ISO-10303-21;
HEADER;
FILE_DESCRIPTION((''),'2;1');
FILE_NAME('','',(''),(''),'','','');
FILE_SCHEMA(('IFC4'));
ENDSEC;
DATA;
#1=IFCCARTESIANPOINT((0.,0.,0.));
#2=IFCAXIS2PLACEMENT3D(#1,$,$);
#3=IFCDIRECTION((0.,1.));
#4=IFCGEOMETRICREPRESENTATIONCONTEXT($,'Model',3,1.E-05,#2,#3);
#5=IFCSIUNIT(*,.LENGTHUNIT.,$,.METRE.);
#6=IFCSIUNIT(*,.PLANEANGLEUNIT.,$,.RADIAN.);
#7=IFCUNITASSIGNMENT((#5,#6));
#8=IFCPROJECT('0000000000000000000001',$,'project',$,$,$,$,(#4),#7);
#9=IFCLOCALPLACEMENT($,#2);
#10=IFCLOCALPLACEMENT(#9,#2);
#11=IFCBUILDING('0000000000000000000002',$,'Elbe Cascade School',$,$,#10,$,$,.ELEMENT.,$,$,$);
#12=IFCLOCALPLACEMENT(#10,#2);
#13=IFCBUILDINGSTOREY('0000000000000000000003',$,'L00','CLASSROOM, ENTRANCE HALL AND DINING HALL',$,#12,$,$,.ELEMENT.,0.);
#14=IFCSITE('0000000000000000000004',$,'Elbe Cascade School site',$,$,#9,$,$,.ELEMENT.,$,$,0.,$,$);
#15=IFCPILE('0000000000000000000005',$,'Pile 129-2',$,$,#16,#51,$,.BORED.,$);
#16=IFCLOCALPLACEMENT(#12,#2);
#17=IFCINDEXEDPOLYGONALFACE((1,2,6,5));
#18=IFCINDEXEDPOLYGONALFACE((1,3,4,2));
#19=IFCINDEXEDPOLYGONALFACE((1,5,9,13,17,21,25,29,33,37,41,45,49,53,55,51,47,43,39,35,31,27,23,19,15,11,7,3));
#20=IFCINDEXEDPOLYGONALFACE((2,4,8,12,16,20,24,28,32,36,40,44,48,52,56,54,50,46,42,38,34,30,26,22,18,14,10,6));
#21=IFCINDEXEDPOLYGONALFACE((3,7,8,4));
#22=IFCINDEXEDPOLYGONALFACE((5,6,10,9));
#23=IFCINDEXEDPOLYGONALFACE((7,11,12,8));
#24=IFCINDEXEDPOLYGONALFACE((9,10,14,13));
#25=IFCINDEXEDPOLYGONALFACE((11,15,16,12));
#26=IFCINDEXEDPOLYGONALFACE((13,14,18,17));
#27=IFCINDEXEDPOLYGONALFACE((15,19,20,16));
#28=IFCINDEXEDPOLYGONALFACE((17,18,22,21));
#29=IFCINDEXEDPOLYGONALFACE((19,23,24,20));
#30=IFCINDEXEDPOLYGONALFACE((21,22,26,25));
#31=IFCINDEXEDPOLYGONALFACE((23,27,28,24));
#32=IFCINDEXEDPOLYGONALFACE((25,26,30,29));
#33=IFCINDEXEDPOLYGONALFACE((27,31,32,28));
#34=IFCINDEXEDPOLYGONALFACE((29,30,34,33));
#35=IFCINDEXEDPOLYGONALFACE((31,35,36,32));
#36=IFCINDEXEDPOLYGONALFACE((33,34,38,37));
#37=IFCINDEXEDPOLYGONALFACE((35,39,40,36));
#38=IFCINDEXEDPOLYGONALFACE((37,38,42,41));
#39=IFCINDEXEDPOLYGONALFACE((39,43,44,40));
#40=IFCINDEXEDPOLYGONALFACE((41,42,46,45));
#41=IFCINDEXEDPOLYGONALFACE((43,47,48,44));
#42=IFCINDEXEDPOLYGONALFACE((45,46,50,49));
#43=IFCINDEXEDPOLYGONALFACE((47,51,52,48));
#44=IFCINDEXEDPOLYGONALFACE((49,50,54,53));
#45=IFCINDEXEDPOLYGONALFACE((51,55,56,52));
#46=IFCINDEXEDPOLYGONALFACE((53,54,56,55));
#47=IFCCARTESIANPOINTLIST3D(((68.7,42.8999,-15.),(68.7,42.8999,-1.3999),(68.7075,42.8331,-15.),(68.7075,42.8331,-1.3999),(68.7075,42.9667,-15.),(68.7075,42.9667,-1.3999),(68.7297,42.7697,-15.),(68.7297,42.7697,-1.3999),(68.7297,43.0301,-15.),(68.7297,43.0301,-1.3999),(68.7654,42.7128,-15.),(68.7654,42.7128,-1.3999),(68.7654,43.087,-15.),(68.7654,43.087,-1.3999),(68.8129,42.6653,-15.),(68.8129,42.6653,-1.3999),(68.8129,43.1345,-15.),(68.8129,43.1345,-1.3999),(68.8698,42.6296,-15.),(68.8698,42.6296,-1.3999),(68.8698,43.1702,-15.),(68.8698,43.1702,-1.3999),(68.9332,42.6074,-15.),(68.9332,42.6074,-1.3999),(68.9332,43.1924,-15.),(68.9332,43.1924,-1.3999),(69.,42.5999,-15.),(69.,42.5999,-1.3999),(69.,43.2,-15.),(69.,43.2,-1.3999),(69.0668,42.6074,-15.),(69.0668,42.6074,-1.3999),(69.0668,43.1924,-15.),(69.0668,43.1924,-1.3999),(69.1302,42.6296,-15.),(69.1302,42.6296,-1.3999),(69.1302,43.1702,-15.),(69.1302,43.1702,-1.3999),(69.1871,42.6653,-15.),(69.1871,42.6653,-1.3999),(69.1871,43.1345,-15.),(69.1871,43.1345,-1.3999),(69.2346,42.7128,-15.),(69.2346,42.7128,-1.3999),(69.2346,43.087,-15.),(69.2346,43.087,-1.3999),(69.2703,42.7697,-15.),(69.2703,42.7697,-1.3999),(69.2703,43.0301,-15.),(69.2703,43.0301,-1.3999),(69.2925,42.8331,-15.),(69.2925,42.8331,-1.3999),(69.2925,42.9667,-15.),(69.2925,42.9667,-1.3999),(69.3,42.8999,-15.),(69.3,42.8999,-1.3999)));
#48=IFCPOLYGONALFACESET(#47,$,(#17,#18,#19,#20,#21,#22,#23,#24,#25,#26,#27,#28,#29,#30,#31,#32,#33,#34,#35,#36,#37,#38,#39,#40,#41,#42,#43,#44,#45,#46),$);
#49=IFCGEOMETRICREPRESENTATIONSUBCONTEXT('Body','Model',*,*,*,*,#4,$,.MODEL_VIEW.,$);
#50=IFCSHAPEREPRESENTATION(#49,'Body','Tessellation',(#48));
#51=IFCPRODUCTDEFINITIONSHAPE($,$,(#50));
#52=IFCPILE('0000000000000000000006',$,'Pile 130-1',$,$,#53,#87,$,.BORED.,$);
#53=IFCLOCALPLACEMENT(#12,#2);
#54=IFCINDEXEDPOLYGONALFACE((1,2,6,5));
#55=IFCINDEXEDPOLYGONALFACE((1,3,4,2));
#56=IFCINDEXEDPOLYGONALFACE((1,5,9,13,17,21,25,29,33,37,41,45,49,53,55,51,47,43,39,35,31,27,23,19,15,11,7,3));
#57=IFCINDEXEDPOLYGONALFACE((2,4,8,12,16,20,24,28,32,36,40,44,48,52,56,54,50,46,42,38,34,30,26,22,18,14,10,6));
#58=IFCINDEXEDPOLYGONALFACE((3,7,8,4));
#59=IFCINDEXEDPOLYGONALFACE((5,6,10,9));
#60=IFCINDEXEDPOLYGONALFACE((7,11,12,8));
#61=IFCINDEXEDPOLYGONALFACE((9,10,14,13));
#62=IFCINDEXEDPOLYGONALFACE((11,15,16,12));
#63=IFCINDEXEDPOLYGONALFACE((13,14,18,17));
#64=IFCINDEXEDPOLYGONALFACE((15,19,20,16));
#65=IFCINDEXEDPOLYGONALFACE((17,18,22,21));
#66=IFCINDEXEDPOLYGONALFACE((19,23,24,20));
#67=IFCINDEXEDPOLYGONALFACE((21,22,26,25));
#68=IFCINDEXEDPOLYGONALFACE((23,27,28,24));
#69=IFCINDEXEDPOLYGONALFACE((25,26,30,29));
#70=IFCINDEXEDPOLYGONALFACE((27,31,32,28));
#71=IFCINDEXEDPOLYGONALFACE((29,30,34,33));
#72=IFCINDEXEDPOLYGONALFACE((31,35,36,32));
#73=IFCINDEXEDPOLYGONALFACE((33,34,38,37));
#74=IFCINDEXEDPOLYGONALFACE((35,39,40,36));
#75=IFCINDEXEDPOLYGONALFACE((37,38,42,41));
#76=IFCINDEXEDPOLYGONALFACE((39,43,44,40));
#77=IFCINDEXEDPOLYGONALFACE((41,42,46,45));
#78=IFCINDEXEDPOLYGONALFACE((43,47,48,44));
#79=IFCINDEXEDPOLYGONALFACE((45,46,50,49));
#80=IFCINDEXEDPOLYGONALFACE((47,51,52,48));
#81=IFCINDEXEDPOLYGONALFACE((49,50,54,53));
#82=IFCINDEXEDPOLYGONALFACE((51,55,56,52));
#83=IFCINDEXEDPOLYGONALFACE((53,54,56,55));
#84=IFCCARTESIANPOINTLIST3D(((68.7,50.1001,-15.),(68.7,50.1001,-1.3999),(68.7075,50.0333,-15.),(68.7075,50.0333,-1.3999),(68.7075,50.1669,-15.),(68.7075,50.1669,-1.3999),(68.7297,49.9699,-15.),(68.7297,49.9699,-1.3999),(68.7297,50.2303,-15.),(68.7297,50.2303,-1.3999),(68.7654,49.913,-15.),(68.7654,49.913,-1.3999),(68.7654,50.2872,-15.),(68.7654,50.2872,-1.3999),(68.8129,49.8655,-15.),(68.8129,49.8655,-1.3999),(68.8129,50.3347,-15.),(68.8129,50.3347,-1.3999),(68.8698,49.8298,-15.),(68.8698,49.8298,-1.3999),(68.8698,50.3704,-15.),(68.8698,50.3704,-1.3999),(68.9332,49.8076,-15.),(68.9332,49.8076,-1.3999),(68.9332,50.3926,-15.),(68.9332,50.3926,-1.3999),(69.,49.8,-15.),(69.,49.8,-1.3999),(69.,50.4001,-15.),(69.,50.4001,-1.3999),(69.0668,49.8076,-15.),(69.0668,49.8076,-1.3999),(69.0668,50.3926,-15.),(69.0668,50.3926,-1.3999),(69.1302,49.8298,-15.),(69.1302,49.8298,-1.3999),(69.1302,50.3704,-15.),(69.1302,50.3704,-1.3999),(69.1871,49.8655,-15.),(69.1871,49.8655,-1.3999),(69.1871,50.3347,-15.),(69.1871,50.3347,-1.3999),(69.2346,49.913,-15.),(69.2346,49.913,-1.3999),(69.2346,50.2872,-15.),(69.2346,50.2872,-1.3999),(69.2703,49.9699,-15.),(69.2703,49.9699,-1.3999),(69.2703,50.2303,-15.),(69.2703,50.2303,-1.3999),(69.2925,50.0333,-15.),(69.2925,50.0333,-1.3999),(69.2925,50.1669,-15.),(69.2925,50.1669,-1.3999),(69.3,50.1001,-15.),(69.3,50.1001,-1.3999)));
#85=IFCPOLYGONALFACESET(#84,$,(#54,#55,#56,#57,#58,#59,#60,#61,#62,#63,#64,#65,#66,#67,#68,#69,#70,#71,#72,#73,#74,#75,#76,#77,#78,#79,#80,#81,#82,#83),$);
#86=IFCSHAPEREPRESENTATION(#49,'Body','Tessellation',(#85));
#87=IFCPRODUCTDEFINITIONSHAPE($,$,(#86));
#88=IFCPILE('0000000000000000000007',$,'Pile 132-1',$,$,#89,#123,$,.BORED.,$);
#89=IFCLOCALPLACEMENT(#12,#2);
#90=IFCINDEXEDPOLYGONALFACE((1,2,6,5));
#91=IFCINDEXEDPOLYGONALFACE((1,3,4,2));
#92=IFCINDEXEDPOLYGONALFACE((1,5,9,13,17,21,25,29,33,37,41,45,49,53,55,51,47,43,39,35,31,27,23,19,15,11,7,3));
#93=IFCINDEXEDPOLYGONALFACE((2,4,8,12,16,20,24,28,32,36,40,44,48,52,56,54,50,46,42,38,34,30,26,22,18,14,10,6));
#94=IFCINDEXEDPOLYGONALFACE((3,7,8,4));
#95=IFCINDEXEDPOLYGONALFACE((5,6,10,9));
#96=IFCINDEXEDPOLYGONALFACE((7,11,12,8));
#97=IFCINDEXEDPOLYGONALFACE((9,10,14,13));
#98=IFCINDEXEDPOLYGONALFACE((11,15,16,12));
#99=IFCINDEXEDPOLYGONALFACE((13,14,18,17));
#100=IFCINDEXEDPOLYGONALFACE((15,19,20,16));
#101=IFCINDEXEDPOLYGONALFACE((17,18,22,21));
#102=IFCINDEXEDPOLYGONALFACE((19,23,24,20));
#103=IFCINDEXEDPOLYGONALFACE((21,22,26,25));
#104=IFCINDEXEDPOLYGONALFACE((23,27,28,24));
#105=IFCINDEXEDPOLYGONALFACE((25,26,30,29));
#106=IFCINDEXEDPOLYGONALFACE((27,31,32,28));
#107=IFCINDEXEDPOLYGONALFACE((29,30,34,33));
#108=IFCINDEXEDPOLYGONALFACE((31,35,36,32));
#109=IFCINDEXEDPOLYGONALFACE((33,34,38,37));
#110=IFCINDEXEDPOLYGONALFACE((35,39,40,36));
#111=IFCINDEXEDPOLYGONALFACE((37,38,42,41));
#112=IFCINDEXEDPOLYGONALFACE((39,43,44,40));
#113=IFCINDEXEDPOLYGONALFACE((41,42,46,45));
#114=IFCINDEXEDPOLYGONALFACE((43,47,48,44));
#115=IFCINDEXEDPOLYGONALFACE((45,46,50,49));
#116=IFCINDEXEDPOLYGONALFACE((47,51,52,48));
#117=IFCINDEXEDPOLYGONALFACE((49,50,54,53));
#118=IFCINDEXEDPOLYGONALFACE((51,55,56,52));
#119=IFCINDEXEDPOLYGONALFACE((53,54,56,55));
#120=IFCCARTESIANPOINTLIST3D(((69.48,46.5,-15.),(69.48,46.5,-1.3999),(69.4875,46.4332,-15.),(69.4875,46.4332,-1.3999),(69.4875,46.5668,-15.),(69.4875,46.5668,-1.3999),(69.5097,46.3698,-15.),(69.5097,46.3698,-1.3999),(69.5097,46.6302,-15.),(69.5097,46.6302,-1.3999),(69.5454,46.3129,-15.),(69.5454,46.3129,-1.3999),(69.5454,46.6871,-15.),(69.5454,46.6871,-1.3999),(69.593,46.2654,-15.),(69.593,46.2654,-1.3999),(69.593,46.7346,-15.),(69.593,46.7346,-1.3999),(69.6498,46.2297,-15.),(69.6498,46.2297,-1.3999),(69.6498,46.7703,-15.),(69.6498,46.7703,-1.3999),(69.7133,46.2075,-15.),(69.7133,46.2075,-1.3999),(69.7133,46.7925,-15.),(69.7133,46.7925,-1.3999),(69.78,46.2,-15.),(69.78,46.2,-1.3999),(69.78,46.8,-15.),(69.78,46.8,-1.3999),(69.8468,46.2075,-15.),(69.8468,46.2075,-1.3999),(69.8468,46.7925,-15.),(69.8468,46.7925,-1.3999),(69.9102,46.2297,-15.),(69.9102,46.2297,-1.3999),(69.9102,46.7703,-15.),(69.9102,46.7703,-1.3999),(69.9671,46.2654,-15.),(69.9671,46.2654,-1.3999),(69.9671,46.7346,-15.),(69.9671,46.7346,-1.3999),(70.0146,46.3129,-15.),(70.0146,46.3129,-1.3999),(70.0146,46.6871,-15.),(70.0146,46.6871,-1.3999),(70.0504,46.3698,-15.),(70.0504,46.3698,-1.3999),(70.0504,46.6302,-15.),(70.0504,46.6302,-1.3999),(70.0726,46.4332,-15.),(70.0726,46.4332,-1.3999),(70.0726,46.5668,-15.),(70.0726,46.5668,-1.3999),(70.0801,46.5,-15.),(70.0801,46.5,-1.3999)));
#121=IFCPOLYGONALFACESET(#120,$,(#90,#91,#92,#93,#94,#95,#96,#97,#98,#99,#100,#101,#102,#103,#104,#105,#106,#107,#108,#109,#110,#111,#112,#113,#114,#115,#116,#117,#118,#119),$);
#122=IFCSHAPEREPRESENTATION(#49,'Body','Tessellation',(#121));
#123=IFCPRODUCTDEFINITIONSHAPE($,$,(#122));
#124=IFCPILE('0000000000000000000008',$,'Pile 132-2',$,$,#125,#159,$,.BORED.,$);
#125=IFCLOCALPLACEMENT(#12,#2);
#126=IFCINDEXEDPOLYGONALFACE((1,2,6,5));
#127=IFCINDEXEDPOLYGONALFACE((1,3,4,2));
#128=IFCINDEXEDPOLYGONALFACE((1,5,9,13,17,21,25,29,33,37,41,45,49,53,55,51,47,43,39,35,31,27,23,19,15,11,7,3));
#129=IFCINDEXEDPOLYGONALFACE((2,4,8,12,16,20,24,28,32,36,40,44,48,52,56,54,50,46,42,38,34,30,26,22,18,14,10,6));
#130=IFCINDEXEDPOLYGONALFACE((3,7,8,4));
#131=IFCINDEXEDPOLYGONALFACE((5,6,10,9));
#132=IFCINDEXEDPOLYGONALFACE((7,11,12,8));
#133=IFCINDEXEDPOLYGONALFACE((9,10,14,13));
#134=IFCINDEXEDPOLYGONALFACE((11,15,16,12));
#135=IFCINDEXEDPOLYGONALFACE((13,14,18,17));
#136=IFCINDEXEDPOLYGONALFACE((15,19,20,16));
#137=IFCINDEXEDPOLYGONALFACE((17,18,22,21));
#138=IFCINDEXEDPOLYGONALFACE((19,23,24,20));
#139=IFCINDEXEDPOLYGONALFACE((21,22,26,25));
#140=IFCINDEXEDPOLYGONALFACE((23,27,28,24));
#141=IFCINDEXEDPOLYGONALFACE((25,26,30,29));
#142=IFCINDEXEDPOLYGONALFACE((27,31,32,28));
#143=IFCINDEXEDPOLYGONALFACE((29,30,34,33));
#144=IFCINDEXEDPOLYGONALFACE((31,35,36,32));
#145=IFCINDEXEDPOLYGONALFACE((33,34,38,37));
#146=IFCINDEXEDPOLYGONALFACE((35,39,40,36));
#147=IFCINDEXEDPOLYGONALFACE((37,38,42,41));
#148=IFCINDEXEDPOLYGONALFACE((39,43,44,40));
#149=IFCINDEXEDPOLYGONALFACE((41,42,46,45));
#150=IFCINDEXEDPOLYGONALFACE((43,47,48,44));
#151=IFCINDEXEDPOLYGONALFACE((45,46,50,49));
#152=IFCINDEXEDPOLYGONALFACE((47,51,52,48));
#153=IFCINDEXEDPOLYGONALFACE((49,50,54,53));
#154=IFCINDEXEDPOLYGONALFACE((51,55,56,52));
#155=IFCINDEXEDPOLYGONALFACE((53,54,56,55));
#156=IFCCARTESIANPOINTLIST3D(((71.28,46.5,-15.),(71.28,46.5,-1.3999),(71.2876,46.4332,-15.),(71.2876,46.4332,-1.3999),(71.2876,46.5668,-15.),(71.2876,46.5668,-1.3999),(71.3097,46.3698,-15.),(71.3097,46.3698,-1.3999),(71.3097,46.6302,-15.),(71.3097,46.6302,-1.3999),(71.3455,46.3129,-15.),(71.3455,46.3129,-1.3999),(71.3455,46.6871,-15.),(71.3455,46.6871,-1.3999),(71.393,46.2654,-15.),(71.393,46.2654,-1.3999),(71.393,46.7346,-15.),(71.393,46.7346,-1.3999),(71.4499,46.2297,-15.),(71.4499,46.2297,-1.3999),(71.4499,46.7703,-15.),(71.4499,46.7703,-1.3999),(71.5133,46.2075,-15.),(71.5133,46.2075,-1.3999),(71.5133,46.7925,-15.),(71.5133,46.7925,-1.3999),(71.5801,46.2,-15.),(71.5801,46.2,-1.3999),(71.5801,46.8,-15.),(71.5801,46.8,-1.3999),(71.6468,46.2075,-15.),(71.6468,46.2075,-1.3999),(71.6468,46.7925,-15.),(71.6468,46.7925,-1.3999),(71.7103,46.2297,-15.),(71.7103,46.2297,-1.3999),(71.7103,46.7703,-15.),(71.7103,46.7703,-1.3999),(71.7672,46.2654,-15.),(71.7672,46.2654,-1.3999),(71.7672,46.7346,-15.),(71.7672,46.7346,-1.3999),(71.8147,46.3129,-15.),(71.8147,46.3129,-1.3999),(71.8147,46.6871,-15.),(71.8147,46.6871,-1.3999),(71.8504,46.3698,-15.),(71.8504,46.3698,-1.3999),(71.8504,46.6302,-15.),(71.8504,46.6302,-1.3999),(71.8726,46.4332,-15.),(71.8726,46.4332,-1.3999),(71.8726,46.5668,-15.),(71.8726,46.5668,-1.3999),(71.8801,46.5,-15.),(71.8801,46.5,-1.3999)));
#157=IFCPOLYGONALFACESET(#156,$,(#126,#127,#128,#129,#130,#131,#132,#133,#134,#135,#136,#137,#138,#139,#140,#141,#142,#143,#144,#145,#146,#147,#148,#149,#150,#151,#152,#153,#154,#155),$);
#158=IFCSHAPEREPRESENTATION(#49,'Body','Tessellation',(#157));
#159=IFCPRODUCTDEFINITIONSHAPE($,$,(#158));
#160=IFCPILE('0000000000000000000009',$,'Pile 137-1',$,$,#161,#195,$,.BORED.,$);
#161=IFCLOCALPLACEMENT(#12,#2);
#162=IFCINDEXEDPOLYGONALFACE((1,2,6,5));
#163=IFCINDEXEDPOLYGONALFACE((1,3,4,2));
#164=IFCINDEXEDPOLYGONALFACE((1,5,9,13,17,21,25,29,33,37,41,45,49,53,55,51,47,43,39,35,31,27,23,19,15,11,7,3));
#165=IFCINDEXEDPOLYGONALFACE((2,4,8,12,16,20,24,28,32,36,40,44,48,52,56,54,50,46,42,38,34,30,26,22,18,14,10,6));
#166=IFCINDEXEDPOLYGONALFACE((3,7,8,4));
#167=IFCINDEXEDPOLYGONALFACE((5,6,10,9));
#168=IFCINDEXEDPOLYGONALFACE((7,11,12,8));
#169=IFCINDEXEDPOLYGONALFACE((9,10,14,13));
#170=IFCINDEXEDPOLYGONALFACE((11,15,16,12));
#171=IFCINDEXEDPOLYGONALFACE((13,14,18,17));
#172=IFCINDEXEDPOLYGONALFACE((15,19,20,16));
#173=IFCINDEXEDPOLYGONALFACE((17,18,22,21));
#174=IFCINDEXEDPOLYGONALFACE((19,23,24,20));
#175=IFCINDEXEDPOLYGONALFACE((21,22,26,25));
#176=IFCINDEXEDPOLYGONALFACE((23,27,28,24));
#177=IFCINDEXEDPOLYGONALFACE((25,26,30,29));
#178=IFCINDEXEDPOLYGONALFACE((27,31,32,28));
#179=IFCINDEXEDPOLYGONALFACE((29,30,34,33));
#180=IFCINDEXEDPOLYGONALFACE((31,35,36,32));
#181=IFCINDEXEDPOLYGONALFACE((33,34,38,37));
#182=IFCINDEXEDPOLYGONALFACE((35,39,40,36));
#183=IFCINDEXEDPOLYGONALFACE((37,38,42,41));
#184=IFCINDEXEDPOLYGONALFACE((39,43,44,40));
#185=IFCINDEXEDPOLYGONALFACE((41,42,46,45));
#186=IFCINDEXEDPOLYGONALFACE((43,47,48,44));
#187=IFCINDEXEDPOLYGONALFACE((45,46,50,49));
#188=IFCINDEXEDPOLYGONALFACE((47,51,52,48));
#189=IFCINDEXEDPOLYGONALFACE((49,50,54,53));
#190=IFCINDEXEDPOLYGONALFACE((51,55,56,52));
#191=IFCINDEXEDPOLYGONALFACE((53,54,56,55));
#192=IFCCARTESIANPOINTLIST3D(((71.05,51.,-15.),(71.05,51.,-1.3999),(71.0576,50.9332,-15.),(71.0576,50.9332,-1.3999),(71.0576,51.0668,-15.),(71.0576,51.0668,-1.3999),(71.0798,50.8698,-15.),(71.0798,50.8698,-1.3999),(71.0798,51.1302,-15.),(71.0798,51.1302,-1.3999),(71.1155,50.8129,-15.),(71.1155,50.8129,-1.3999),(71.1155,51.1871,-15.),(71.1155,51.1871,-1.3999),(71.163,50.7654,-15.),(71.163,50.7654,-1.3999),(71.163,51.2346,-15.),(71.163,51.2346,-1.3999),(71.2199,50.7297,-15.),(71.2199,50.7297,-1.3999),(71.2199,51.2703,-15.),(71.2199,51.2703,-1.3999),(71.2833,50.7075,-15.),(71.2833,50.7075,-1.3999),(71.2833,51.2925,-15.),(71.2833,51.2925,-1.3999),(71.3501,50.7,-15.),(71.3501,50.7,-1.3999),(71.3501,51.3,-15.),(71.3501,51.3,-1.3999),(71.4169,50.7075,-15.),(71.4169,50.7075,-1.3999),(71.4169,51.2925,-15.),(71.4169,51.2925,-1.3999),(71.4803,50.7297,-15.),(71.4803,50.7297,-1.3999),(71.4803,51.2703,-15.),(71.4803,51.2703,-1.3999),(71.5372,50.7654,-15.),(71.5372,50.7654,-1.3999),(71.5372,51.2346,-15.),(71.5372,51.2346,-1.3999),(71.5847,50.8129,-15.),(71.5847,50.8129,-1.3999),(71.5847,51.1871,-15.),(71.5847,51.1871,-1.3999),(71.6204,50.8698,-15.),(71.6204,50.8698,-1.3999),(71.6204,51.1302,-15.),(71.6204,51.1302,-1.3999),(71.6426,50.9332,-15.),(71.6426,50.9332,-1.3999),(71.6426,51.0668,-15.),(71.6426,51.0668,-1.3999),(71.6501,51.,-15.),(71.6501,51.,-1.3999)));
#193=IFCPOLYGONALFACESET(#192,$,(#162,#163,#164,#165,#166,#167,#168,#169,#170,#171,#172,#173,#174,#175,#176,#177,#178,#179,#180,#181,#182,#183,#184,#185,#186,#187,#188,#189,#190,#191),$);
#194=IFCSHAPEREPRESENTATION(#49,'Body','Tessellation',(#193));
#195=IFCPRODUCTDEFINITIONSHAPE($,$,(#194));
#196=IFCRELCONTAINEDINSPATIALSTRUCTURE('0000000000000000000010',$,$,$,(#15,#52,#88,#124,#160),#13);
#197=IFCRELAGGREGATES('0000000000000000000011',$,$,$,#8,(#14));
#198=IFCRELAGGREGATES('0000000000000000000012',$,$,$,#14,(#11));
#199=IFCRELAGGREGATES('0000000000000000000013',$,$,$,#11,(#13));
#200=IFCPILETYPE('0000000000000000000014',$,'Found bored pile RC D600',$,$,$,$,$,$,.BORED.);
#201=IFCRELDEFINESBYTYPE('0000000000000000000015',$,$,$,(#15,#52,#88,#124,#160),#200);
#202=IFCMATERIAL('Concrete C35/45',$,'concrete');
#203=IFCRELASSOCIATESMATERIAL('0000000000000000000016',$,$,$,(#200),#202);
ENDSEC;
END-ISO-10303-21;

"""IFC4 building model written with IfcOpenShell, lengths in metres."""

from ifc_helpers import new_model, si_unit, direction, frame, origin, origin_2d, place, context, subcontext, project, spatial, circle, extrude, material, material_profile, profile_set, type_object, element, save


model = new_model("IFC4")

# Units and contexts
model_context = context("Model", 3, precision=1e-05, world=origin(), true_north=direction((0.0, 1.0)))
body_context = subcontext(model_context, "Body", "Model", "MODEL_VIEW")
ifc_project = project(units=[si_unit("LENGTHUNIT", "METRE"), si_unit("PLANEANGLEUNIT", "RADIAN")], contexts=[model_context])

# Site, building, storey
site_placement = place(None, origin())
site = spatial("IfcSite", under=ifc_project, at=site_placement, Name="Elbe Cascade School site", CompositionType="ELEMENT", RefElevation=0.0)
building_placement = place(site_placement, origin())
building = spatial("IfcBuilding", under=site, at=building_placement, Name="Elbe Cascade School", CompositionType="ELEMENT")
storey_placement = place(building_placement, origin())
storey = spatial("IfcBuildingStorey", under=building, at=storey_placement, Name="L00", Description="CLASSROOM, ENTRANCE HALL AND DINING HALL", CompositionType="ELEMENT", Elevation=0.0)

# Piles
ifc_material_1 = material(Name="Concrete C35/45", Category="concrete")
ifc_material_profile_1 = material_profile(ifc_material_1, circle(Radius=0.3, at=origin_2d()), Name="RC D600")
ifc_profile_set_1 = profile_set([ifc_material_profile_1], Name="Concrete C35/45")
pile_type = type_object("IfcPileType", Name="Found bored pile RC D600", PredefinedType="BORED", material=ifc_profile_set_1)
for number, where, z_axis, x_axis, name in (
    (1, (69.0, 42.8999, -1.3999), (0.0, 0.0, -1.0), (1.0, 0.0, 0.0), "Pile 129-2"),
    (2, (69.0, 50.1001, -1.3999), (0.0, 0.0, -1.0), (1.0, 0.0, 0.0), "Pile 130-1"),
    (3, (69.78, 46.5, -1.3999), (0.0, 0.0, -1.0), (1.0, 0.0, 0.0), "Pile 132-1"),
    (4, (71.5801, 46.5, -1.3999), (0.0, 0.0, -1.0), (1.0, 0.0, 0.0), "Pile 132-2"),
    (5, (71.3501, 51.0, -1.3999), (0.0, 0.0, -1.0), (1.0, 0.0, 0.0), "Pile 137-1"),
):
    element("IfcPile", number, at=place(storey_placement, frame(where, z_axis=z_axis, x_axis=x_axis)), inside=storey, type_object=pile_type, Name=name, PredefinedType="BORED", context=body_context, shape_type="SweptSolid", body=[
        extrude(circle(Radius=0.3, at=origin_2d()), origin(), (0.0, 0.0, 1.0), 13.6001),
    ])

save(model, "model.ifc")
